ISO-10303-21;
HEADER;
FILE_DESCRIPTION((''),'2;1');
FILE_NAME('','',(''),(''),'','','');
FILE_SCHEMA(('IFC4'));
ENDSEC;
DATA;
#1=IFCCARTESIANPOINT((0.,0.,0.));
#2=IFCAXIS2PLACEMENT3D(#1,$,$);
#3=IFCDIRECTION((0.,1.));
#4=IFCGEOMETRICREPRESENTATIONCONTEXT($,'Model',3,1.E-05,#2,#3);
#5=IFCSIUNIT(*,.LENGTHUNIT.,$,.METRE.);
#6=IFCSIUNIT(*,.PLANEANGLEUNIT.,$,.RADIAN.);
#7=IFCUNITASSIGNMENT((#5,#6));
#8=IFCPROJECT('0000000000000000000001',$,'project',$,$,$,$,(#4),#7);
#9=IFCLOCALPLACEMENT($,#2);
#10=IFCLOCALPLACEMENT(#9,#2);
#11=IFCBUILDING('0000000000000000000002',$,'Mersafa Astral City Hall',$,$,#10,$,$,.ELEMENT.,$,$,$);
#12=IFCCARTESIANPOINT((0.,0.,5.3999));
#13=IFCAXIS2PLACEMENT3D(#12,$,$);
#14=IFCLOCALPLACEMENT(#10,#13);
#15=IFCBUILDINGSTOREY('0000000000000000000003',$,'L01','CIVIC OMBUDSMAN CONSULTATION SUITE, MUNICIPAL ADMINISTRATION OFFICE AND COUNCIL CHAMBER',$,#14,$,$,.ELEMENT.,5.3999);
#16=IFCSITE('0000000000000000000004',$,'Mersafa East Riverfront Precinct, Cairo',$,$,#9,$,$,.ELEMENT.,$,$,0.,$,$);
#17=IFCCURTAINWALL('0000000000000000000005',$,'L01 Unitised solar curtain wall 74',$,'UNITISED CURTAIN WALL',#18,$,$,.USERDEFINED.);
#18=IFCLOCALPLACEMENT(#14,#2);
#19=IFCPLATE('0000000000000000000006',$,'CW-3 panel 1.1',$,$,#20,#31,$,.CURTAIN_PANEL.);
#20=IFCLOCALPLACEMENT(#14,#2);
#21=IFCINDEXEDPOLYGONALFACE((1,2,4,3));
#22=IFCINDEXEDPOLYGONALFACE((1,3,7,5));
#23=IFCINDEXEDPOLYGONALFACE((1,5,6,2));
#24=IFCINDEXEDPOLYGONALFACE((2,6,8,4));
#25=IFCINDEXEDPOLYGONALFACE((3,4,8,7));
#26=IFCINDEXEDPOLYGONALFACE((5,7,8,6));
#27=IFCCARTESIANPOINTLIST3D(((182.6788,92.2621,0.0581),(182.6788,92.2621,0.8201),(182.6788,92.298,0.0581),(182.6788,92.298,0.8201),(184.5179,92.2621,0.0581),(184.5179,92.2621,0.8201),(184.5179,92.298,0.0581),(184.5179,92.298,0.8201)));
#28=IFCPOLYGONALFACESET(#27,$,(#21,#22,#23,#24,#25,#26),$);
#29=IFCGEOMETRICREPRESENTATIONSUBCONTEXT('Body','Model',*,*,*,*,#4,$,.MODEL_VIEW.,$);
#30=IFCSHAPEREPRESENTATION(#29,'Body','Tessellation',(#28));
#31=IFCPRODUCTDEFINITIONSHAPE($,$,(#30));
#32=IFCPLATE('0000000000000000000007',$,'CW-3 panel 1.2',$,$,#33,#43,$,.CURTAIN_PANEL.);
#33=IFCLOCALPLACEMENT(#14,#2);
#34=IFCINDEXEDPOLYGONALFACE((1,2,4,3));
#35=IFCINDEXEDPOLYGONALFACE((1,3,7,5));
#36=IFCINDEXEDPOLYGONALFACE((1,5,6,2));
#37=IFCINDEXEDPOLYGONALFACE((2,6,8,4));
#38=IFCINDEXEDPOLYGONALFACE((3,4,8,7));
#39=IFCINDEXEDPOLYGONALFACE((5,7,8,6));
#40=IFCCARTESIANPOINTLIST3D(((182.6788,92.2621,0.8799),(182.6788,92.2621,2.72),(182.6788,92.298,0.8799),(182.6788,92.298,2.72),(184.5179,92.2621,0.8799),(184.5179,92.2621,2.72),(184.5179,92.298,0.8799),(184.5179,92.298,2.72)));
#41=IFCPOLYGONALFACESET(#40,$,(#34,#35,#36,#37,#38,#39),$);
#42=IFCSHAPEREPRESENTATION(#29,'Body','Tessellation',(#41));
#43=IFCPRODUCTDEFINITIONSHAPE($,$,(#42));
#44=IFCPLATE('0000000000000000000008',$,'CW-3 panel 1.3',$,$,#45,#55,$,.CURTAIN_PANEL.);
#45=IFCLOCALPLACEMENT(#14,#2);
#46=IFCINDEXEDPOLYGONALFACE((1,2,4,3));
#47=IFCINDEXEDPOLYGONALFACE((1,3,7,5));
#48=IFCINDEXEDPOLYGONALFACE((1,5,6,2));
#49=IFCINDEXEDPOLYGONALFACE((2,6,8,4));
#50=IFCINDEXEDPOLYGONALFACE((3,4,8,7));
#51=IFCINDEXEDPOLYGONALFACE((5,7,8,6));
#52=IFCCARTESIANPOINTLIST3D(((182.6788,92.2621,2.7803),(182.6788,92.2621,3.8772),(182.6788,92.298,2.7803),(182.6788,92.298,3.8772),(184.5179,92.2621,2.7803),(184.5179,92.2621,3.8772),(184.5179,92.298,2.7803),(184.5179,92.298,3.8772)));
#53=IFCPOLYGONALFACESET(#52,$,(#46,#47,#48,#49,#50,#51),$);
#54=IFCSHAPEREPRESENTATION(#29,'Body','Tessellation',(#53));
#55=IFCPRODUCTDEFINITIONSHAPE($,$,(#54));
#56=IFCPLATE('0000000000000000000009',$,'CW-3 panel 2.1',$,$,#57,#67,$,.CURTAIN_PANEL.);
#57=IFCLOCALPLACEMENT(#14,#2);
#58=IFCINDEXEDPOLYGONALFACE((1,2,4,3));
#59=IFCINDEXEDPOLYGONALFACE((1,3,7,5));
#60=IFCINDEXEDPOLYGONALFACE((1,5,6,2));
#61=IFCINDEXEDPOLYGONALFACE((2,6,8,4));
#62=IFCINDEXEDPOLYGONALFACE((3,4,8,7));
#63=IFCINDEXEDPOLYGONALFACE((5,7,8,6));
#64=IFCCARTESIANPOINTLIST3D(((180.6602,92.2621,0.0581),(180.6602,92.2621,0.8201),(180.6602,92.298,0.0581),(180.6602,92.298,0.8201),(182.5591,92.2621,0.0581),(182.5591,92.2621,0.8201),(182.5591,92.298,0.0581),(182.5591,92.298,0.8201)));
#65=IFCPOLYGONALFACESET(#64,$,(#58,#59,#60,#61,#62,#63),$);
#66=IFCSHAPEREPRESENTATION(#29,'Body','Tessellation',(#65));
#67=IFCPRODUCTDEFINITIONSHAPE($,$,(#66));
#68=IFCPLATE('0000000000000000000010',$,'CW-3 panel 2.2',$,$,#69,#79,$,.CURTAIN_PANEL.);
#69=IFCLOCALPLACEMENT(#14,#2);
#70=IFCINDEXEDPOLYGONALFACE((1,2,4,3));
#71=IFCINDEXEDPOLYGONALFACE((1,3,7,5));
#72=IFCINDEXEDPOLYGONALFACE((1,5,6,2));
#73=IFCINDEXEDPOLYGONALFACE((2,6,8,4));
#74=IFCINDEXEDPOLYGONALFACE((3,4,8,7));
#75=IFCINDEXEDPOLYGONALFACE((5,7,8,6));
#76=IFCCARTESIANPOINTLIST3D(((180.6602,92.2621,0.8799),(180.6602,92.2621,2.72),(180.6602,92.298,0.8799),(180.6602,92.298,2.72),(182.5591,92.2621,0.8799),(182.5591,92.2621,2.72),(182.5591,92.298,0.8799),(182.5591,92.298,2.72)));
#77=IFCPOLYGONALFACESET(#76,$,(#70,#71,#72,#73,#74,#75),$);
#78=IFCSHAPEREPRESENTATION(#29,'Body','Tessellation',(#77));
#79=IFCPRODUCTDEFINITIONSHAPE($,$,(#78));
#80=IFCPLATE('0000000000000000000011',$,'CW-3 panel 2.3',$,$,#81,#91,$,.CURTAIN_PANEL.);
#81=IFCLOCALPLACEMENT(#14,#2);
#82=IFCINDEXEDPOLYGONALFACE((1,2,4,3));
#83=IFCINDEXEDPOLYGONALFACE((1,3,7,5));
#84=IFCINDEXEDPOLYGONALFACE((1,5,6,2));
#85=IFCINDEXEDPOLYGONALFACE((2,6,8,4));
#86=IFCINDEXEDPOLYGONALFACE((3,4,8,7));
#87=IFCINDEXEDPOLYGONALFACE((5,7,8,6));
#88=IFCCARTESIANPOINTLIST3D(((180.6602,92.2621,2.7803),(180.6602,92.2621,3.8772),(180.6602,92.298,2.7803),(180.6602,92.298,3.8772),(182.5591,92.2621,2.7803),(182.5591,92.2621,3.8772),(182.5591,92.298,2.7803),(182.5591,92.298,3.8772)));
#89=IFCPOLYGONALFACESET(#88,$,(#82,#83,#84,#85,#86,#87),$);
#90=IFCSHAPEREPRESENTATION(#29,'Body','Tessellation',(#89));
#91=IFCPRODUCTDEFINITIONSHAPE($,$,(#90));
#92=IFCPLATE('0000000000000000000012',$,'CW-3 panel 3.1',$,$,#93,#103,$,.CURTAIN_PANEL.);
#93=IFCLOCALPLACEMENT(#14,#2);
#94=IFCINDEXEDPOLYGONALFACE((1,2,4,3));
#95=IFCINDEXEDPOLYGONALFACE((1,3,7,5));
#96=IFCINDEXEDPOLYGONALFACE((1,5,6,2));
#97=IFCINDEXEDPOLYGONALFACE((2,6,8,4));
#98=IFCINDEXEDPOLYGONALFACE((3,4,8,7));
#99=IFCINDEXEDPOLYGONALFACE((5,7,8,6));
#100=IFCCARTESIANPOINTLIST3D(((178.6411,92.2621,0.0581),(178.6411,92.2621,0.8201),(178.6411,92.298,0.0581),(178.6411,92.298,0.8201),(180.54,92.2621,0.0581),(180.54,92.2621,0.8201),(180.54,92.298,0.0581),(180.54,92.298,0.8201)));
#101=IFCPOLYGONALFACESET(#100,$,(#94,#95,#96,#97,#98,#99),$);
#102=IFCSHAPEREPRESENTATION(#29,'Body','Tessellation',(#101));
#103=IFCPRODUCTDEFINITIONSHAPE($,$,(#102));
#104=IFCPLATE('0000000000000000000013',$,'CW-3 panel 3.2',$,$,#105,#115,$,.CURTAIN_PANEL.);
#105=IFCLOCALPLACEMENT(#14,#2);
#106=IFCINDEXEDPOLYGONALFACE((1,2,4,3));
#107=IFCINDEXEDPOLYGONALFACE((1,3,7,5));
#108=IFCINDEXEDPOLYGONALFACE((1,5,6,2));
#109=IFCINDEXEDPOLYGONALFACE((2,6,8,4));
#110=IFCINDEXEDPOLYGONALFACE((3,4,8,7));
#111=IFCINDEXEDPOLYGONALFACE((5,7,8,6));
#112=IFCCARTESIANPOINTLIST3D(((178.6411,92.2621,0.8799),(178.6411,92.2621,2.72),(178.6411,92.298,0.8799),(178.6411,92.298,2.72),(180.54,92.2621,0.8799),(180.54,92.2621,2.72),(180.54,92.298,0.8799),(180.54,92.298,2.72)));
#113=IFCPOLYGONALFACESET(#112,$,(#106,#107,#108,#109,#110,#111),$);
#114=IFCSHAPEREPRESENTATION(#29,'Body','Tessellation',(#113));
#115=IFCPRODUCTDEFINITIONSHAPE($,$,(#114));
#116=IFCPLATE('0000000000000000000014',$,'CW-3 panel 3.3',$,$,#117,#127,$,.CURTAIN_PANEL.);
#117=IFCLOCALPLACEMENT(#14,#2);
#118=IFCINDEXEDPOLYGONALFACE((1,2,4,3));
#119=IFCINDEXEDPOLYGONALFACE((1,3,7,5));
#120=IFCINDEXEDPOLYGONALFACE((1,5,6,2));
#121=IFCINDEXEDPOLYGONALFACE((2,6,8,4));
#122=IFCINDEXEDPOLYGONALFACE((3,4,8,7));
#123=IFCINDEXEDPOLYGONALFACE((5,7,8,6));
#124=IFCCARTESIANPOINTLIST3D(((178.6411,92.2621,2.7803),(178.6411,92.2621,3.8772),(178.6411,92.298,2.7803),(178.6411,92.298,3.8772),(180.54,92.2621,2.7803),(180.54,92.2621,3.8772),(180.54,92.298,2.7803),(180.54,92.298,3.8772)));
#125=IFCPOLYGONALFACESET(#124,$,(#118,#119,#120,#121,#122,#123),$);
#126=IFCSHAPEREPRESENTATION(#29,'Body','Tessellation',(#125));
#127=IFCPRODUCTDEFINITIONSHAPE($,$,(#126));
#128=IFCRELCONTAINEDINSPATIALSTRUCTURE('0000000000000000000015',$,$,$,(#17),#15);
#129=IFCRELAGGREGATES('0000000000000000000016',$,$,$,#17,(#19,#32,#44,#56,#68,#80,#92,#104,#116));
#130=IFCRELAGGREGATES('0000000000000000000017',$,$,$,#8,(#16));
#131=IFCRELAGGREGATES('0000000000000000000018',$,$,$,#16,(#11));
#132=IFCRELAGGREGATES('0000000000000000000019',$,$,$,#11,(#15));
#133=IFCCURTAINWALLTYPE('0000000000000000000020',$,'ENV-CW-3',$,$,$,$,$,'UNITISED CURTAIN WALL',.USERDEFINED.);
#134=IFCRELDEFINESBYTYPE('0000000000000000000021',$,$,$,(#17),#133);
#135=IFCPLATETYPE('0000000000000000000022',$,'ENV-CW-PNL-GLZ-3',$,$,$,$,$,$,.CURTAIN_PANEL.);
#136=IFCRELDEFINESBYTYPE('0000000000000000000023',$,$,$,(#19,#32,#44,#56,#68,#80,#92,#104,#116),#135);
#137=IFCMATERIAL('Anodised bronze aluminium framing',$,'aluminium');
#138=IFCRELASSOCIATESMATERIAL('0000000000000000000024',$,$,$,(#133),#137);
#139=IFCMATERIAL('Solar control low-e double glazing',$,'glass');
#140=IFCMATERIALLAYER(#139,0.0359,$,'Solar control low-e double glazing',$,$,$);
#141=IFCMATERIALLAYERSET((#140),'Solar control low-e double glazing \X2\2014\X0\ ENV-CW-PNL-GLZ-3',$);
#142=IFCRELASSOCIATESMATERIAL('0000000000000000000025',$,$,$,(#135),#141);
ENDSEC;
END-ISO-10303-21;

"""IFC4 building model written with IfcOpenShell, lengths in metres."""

from ifc_helpers import new_model, si_unit, direction, frame, origin, origin_2d, place, context, subcontext, project, spatial, rectangle, extrude, material, layer, layer_set, type_object, element, aggregate, save


model = new_model("IFC4")

# Units and contexts
model_context = context("Model", 3, precision=1e-05, world=origin(), true_north=direction((0.0, 1.0)))
body_context = subcontext(model_context, "Body", "Model", "MODEL_VIEW")
ifc_project = project(units=[si_unit("LENGTHUNIT", "METRE"), si_unit("PLANEANGLEUNIT", "RADIAN")], contexts=[model_context])

# Site, building, storey
site_placement = place(None, origin())
site = spatial("IfcSite", under=ifc_project, at=site_placement, Name="Mersafa East Riverfront Precinct, Cairo", CompositionType="ELEMENT", RefElevation=0.0)
building_placement = place(site_placement, origin())
building = spatial("IfcBuilding", under=site, at=building_placement, Name="Mersafa Astral City Hall", CompositionType="ELEMENT")
storey_placement = place(building_placement, frame((0.0, 0.0, 5.3999)))
storey = spatial("IfcBuildingStorey", under=building, at=storey_placement, Name="L01", Description="CIVIC OMBUDSMAN CONSULTATION SUITE, MUNICIPAL ADMINISTRATION OFFICE AND COUNCIL CHAMBER", CompositionType="ELEMENT", Elevation=5.3999)

# Curtain wall, plates
ifc_material_1 = material(Name="Anodised bronze aluminium framing", Category="aluminium")
curtain_wall_type = type_object("IfcCurtainWallType", Name="ENV-CW-3", ElementType="UNITISED CURTAIN WALL", PredefinedType="USERDEFINED", material=ifc_material_1)
curtain_wall_placement = place(storey_placement, origin())
curtain_wall = element("IfcCurtainWall", 1, at=curtain_wall_placement, inside=storey, type_object=curtain_wall_type, Name="L01 Unitised solar curtain wall 74", ObjectType="UNITISED CURTAIN WALL", PredefinedType="USERDEFINED")
ifc_material_2 = material(Name="Solar control low-e double glazing", Category="glass")
ifc_layer = layer(ifc_material_2, 0.0359, Name="Solar control low-e double glazing")
ifc_layer_set = layer_set([ifc_layer], Name="Solar control low-e double glazing — ENV-CW-PNL-GLZ-3")
plate_type = type_object("IfcPlateType", Name="ENV-CW-PNL-GLZ-3", PredefinedType="CURTAIN_PANEL", material=ifc_layer_set)
plate_1_placement = place(storey_placement, frame((183.5984, 92.28, 0.0581), z_axis=(0.0, 0.0, 1.0), x_axis=(-1.0, 0.0, 0.0)))
plate_1 = element("IfcPlate", 2, at=plate_1_placement, type_object=plate_type, Name="CW-3 panel 1.1", PredefinedType="CURTAIN_PANEL", context=body_context, shape_type="SweptSolid", body=[
    extrude(rectangle(XDim=1.8391, YDim=0.0359, at=origin_2d()), origin(), (0.0, 0.0, 1.0), 0.762),
])
plate_2_placement = place(storey_placement, frame((183.5984, 92.28, 0.8799), z_axis=(0.0, 0.0, 1.0), x_axis=(-1.0, 0.0, 0.0)))
plate_2 = element("IfcPlate", 3, at=plate_2_placement, type_object=plate_type, Name="CW-3 panel 1.2", PredefinedType="CURTAIN_PANEL", context=body_context, shape_type="SweptSolid", body=[
    extrude(rectangle(XDim=1.8391, YDim=0.0359, at=origin_2d()), origin(), (0.0, 0.0, 1.0), 1.8401),
])
plate_3_placement = place(storey_placement, frame((183.5984, 92.28, 2.7803), z_axis=(0.0, 0.0, 1.0), x_axis=(-1.0, 0.0, 0.0)))
plate_3 = element("IfcPlate", 4, at=plate_3_placement, type_object=plate_type, Name="CW-3 panel 1.3", PredefinedType="CURTAIN_PANEL", context=body_context, shape_type="SweptSolid", body=[
    extrude(rectangle(XDim=1.8391, YDim=0.0359, at=origin_2d()), origin(), (0.0, 0.0, 1.0), 1.0969),
])
plate_4_placement = place(storey_placement, frame((181.6096, 92.28, 0.0581), z_axis=(0.0, 0.0, 1.0), x_axis=(-1.0, 0.0, 0.0)))
plate_4 = element("IfcPlate", 5, at=plate_4_placement, type_object=plate_type, Name="CW-3 panel 2.1", PredefinedType="CURTAIN_PANEL", context=body_context, shape_type="SweptSolid", body=[
    extrude(rectangle(XDim=1.8989, YDim=0.0359, at=origin_2d()), origin(), (0.0, 0.0, 1.0), 0.762),
])
plate_5_placement = place(storey_placement, frame((181.6096, 92.28, 0.8799), z_axis=(0.0, 0.0, 1.0), x_axis=(-1.0, 0.0, 0.0)))
plate_5 = element("IfcPlate", 6, at=plate_5_placement, type_object=plate_type, Name="CW-3 panel 2.2", PredefinedType="CURTAIN_PANEL", context=body_context, shape_type="SweptSolid", body=[
    extrude(rectangle(XDim=1.8989, YDim=0.0359, at=origin_2d()), origin(), (0.0, 0.0, 1.0), 1.8401),
])
plate_6_placement = place(storey_placement, frame((181.6096, 92.28, 2.7803), z_axis=(0.0, 0.0, 1.0), x_axis=(-1.0, 0.0, 0.0)))
plate_6 = element("IfcPlate", 7, at=plate_6_placement, type_object=plate_type, Name="CW-3 panel 2.3", PredefinedType="CURTAIN_PANEL", context=body_context, shape_type="SweptSolid", body=[
    extrude(rectangle(XDim=1.8989, YDim=0.0359, at=origin_2d()), origin(), (0.0, 0.0, 1.0), 1.0969),
])
plate_7_placement = place(storey_placement, frame((179.5906, 92.28, 0.0581), z_axis=(0.0, 0.0, 1.0), x_axis=(-1.0, 0.0, 0.0)))
plate_7 = element("IfcPlate", 8, at=plate_7_placement, type_object=plate_type, Name="CW-3 panel 3.1", PredefinedType="CURTAIN_PANEL", context=body_context, shape_type="SweptSolid", body=[
    extrude(rectangle(XDim=1.8989, YDim=0.0359, at=origin_2d()), origin(), (0.0, 0.0, 1.0), 0.762),
])
plate_8_placement = place(storey_placement, frame((179.5906, 92.28, 0.8799), z_axis=(0.0, 0.0, 1.0), x_axis=(-1.0, 0.0, 0.0)))
plate_8 = element("IfcPlate", 9, at=plate_8_placement, type_object=plate_type, Name="CW-3 panel 3.2", PredefinedType="CURTAIN_PANEL", context=body_context, shape_type="SweptSolid", body=[
    extrude(rectangle(XDim=1.8989, YDim=0.0359, at=origin_2d()), origin(), (0.0, 0.0, 1.0), 1.8401),
])
plate_9_placement = place(storey_placement, frame((179.5906, 92.28, 2.7803), z_axis=(0.0, 0.0, 1.0), x_axis=(-1.0, 0.0, 0.0)))
plate_9 = element("IfcPlate", 10, at=plate_9_placement, type_object=plate_type, Name="CW-3 panel 3.3", PredefinedType="CURTAIN_PANEL", context=body_context, shape_type="SweptSolid", body=[
    extrude(rectangle(XDim=1.8989, YDim=0.0359, at=origin_2d()), origin(), (0.0, 0.0, 1.0), 1.0969),
])
aggregate(curtain_wall, [plate_1, plate_2, plate_3, plate_4, plate_5, plate_6, plate_7, plate_8, plate_9])

save(model, "model.ifc")
